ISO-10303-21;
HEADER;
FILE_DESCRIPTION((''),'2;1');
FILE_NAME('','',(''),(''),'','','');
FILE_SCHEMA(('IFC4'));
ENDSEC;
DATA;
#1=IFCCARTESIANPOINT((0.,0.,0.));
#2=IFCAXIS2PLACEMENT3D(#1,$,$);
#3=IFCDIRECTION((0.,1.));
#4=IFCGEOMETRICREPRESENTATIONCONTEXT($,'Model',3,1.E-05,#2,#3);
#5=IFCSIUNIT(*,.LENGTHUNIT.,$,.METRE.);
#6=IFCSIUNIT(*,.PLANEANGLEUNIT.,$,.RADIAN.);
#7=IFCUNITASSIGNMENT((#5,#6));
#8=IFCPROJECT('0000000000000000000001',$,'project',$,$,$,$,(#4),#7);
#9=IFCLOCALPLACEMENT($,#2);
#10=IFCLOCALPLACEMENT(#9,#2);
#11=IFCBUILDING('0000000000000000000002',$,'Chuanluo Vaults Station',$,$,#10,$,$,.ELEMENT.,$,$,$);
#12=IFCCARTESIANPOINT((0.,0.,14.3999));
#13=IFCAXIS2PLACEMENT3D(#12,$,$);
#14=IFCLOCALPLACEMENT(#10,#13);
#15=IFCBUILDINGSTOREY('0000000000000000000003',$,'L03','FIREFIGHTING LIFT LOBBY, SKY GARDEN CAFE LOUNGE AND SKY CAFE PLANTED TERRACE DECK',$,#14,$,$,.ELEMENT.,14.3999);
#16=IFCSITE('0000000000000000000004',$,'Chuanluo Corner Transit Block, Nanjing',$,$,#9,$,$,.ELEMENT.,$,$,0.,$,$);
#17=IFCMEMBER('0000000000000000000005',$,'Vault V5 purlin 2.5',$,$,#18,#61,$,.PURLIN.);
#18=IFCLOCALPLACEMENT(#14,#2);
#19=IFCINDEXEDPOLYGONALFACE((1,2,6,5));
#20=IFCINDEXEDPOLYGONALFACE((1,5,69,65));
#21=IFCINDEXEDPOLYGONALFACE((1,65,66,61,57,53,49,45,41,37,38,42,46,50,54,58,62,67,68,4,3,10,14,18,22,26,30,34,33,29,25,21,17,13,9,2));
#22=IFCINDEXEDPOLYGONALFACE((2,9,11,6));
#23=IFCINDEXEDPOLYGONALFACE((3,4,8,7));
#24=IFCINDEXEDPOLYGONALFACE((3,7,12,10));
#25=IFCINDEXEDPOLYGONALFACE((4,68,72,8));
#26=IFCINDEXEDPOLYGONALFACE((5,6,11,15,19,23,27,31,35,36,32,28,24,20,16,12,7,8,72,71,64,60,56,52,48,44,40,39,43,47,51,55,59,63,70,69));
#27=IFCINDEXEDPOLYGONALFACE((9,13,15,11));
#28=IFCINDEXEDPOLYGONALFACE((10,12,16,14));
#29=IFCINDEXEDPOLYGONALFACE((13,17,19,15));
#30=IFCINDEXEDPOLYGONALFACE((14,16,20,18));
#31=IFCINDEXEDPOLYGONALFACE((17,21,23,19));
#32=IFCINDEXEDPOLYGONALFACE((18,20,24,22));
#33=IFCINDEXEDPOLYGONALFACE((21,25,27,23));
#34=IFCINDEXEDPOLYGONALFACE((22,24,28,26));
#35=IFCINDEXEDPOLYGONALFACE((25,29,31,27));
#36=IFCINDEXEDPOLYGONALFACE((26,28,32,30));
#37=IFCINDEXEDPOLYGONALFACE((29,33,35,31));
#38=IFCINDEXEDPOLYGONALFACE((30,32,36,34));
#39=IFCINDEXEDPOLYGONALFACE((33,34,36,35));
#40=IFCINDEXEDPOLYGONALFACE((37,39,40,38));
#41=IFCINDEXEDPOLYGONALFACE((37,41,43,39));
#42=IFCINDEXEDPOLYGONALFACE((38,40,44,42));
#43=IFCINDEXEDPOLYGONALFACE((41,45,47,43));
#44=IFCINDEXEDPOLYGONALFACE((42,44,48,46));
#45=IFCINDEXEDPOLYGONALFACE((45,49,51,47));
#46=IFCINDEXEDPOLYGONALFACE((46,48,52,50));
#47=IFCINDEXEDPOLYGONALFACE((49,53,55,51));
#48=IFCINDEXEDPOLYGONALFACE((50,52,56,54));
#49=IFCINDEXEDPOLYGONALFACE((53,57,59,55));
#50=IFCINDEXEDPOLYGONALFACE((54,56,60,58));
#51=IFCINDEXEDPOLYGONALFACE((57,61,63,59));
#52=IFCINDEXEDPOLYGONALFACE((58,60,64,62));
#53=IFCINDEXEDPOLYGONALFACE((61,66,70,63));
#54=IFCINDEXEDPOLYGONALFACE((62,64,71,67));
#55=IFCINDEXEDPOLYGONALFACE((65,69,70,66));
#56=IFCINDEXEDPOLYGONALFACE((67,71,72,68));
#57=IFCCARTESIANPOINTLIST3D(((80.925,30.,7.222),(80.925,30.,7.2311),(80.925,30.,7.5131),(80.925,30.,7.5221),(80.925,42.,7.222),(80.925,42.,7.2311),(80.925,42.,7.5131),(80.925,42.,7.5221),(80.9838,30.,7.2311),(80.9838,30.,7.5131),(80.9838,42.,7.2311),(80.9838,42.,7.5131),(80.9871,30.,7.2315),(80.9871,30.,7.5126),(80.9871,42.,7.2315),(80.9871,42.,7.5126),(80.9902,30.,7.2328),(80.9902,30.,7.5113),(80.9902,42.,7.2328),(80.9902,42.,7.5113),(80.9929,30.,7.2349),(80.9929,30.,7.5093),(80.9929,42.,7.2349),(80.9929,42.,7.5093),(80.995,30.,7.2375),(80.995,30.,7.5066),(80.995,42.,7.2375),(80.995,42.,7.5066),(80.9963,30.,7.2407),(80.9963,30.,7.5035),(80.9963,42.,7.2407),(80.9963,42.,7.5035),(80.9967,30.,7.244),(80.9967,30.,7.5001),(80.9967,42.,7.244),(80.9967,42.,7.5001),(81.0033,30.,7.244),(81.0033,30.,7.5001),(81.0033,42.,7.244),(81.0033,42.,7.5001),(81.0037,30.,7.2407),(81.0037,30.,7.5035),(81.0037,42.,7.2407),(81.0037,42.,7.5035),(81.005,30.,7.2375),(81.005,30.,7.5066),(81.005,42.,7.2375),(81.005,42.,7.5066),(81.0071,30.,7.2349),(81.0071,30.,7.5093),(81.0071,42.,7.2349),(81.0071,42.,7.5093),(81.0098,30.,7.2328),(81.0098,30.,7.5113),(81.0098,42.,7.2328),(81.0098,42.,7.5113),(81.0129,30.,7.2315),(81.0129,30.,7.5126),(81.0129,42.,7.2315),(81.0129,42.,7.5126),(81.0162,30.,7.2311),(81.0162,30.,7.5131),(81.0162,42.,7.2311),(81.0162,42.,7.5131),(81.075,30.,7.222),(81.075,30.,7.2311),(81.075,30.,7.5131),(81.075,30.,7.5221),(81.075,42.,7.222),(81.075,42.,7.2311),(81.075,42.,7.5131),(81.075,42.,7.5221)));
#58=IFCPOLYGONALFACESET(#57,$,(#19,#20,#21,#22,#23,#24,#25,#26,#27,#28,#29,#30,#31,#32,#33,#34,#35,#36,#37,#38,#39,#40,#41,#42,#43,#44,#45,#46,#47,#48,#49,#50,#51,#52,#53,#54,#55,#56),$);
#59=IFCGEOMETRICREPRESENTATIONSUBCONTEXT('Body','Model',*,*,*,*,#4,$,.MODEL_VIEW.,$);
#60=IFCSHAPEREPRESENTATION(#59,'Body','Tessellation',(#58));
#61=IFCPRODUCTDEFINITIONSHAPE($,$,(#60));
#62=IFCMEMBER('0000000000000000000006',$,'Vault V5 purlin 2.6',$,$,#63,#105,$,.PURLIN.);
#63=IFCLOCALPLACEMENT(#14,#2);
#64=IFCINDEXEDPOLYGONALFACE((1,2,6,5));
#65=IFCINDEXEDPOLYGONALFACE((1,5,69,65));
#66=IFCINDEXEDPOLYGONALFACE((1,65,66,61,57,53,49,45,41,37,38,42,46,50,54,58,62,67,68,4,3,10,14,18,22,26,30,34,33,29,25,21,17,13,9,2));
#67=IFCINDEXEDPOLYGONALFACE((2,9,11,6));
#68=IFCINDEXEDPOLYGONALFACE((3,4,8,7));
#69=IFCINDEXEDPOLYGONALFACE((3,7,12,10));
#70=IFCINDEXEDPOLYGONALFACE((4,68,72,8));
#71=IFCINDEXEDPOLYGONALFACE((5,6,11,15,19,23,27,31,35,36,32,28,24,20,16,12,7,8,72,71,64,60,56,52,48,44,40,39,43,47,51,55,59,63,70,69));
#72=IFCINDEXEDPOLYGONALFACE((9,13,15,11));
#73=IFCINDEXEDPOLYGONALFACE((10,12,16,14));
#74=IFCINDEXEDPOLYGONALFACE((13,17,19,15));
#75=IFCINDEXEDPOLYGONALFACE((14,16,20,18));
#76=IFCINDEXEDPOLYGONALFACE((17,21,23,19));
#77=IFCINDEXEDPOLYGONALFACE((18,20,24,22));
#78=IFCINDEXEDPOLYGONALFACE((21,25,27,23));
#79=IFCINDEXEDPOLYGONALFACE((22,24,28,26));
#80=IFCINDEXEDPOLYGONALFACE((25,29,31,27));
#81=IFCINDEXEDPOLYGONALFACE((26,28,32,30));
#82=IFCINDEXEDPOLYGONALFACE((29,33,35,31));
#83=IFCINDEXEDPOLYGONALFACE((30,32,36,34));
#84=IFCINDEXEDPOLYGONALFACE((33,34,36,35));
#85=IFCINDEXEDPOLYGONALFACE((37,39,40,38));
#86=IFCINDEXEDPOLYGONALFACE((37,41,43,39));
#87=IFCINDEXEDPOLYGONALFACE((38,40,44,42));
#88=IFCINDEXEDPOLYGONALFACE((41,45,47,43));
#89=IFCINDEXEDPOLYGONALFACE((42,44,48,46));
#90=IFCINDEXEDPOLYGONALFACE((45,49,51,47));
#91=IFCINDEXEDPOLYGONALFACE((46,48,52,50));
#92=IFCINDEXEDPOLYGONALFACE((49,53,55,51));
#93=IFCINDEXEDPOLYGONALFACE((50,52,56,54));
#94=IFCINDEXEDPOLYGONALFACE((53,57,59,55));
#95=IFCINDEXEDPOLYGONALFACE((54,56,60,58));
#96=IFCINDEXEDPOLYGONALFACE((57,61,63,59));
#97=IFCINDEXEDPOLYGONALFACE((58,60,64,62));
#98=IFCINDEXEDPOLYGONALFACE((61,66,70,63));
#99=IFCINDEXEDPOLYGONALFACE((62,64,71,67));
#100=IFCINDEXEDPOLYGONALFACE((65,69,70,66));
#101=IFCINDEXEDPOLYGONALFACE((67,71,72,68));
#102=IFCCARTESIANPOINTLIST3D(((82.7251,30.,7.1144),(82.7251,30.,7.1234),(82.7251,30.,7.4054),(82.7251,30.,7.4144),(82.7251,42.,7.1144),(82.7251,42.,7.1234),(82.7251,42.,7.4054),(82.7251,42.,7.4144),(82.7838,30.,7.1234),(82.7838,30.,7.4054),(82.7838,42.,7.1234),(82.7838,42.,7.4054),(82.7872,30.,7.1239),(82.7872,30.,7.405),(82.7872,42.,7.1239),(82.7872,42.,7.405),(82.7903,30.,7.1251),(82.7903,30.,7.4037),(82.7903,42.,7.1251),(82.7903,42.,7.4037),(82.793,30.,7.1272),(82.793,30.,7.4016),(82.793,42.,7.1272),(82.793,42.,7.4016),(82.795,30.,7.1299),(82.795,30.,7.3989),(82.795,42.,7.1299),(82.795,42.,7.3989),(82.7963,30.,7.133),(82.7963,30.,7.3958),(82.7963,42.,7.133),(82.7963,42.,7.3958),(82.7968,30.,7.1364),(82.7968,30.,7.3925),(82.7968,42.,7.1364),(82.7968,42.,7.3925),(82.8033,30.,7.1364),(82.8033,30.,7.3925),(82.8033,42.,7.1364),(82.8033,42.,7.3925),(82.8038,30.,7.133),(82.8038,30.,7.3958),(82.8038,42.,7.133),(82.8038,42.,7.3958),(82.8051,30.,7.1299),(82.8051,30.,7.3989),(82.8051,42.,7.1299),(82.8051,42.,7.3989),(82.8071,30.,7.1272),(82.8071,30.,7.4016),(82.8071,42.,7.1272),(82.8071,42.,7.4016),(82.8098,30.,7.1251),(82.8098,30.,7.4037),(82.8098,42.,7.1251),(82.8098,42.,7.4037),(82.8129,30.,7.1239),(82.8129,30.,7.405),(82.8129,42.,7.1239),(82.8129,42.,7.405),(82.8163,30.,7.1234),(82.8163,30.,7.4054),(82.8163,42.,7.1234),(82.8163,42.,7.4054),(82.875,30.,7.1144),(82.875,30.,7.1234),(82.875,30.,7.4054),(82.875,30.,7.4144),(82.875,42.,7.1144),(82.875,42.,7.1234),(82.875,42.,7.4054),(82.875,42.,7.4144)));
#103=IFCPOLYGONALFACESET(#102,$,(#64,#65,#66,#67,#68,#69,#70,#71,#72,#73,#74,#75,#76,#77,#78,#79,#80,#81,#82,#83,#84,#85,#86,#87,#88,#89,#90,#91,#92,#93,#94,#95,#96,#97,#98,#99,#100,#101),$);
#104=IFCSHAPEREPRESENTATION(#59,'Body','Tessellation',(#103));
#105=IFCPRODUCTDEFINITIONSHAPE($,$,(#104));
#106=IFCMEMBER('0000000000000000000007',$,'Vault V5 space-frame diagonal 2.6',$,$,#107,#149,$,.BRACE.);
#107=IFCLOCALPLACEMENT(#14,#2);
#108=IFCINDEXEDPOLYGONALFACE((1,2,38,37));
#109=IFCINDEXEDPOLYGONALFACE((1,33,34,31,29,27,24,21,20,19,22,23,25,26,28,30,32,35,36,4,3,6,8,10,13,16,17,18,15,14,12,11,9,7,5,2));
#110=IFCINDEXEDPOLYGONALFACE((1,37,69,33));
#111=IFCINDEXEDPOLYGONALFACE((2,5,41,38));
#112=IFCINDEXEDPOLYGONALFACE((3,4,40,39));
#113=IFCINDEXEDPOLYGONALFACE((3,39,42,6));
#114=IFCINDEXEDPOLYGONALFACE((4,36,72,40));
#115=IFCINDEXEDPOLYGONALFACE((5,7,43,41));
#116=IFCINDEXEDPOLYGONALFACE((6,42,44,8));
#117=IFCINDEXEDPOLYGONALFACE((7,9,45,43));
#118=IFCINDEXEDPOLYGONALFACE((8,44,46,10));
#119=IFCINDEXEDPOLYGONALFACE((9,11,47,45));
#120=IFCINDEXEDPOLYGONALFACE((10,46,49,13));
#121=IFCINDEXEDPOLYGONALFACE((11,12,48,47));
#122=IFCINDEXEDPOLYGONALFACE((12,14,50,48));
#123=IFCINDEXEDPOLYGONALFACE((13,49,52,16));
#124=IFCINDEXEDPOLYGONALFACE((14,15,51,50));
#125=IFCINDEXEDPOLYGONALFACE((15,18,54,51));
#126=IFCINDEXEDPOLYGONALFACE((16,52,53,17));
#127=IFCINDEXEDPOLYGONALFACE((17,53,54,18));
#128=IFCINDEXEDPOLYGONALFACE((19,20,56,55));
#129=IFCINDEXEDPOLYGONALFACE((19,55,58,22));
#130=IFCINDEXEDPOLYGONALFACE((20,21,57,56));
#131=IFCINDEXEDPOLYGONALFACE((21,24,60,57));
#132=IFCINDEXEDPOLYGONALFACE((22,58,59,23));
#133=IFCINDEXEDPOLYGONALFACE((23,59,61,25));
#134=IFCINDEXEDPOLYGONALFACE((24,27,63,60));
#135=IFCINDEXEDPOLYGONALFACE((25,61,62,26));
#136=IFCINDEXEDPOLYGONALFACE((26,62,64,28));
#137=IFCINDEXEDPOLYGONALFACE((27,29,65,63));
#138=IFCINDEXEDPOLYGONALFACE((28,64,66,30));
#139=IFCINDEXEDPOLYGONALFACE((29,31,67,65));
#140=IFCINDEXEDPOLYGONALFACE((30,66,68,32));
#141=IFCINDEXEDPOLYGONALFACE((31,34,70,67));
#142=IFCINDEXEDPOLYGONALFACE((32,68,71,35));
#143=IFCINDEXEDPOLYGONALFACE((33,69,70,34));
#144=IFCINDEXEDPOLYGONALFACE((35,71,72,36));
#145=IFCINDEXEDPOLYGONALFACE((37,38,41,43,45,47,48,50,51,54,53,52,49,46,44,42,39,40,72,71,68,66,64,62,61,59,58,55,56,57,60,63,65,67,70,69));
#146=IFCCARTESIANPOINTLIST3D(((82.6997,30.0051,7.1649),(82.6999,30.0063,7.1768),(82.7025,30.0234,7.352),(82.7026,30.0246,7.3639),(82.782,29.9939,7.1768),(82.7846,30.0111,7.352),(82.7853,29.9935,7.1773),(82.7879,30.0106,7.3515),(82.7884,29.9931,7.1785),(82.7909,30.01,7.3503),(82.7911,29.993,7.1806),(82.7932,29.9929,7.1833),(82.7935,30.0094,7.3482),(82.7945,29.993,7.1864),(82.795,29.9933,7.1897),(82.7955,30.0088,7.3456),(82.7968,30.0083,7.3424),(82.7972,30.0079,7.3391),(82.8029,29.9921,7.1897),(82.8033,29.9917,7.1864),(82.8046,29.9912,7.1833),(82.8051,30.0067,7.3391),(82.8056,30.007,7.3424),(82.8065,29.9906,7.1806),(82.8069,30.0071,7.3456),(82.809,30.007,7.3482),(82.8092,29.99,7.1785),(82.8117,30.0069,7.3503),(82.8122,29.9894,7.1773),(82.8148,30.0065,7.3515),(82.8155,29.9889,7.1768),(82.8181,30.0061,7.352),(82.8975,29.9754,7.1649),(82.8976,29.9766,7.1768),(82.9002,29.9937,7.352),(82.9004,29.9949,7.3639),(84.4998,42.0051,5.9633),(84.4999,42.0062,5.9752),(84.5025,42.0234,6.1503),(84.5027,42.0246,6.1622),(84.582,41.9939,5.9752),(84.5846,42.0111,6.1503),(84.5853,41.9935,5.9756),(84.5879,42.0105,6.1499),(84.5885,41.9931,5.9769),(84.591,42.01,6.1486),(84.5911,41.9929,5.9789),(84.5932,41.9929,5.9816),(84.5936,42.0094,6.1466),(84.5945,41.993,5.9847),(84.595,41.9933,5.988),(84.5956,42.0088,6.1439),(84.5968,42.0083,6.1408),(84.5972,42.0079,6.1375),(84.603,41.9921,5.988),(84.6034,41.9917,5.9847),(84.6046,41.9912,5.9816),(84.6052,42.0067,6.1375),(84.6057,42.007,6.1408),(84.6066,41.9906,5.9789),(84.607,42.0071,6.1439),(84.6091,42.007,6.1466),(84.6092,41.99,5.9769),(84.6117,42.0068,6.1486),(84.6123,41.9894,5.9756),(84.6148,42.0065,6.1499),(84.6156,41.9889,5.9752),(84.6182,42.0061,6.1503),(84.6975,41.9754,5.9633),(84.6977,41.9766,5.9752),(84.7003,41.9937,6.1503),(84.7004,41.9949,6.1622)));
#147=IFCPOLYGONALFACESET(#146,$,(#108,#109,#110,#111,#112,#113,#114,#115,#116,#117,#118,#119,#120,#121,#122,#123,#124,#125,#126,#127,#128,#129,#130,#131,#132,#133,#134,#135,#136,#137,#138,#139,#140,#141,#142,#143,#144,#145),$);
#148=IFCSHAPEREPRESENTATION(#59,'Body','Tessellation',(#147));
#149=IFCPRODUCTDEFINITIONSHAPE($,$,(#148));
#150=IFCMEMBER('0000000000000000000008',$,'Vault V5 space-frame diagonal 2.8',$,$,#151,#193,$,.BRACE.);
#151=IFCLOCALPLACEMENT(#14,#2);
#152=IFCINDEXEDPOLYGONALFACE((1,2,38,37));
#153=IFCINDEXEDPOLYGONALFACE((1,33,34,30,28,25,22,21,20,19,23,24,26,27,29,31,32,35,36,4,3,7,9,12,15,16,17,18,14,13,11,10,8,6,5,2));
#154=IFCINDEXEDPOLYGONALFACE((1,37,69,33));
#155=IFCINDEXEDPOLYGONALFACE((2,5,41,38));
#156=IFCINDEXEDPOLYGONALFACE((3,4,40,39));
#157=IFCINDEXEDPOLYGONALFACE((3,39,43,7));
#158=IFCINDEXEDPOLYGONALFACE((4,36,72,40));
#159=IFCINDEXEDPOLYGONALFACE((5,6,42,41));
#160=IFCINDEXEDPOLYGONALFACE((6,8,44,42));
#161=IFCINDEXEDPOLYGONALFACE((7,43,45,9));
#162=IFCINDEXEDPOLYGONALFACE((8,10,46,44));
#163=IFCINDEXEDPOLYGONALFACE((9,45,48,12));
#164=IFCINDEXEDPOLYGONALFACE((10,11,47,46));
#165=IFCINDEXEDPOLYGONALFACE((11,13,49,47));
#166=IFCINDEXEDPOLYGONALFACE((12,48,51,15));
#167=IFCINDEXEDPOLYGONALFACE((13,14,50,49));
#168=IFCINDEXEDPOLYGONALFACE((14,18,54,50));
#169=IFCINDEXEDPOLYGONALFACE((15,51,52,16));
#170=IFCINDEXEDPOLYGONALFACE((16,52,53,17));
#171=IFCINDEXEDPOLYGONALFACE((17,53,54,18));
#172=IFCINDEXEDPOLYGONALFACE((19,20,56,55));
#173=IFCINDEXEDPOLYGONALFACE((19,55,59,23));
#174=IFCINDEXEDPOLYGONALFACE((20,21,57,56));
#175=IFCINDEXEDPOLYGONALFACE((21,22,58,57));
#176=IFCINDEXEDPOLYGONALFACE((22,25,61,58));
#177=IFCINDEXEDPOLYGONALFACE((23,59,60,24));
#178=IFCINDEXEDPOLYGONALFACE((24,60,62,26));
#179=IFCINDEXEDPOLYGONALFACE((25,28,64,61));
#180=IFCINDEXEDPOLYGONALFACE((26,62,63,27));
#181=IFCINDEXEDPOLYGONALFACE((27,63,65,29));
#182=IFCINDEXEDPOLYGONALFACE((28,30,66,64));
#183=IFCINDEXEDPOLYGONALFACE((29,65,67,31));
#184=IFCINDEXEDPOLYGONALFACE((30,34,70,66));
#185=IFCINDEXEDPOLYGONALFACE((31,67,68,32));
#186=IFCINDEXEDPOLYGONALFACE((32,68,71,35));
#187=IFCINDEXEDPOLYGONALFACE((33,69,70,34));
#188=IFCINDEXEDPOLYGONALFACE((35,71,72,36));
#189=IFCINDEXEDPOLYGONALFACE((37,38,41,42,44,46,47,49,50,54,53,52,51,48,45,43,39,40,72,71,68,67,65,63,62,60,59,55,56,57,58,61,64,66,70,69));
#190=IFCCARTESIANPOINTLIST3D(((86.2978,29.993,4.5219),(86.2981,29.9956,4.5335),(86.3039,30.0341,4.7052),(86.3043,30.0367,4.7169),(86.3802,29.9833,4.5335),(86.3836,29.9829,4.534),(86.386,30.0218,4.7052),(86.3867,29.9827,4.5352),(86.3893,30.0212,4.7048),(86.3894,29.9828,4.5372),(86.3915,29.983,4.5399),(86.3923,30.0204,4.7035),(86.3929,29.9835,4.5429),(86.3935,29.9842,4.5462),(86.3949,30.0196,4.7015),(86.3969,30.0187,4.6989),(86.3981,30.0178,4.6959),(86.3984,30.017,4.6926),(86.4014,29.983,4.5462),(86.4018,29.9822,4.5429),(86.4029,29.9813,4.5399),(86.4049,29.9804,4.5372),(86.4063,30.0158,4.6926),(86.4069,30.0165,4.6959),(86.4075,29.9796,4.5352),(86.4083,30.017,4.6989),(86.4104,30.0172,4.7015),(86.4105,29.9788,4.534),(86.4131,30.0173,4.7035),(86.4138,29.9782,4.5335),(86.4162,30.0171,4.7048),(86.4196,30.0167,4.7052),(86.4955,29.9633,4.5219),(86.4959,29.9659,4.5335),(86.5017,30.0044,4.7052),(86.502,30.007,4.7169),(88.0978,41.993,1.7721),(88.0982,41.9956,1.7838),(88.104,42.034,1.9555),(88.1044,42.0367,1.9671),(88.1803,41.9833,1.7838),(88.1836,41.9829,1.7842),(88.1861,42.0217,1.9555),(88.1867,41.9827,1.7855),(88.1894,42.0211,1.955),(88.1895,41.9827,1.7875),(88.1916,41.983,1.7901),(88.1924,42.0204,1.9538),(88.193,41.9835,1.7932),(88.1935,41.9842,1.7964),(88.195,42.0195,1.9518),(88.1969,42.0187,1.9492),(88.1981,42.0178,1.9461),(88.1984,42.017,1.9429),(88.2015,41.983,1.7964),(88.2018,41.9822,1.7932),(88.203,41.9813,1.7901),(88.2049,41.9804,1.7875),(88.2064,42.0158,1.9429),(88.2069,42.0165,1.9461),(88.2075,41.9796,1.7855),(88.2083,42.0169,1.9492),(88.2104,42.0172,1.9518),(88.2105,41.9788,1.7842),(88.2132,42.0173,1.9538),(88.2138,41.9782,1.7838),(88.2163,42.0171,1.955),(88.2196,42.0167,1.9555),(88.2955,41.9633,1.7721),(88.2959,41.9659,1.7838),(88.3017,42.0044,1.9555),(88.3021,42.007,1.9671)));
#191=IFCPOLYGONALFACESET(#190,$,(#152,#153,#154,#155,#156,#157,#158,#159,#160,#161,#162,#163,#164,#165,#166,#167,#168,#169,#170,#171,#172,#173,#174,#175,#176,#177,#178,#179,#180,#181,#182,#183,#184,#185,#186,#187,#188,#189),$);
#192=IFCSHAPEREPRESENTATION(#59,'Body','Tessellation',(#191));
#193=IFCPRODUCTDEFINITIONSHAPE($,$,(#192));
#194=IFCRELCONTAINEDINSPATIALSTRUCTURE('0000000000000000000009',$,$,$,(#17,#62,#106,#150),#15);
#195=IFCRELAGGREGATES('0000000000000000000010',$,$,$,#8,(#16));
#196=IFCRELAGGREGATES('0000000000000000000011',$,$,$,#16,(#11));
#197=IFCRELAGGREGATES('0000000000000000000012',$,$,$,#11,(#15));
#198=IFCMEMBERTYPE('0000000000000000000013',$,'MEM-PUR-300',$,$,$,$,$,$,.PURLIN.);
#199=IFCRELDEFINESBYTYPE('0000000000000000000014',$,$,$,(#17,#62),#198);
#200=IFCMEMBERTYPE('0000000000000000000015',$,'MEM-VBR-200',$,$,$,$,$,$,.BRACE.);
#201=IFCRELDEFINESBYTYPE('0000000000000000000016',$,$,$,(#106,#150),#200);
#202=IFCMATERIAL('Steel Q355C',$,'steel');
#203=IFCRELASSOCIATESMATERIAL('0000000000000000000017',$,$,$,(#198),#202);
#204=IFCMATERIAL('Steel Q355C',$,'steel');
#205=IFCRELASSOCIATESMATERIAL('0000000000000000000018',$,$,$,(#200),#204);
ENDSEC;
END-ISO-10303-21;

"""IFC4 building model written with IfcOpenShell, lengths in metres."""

from ifc_helpers import new_model, si_unit, direction, frame, origin, origin_2d, place, context, subcontext, project, spatial, i_section, extrude, material, material_profile, profile_set, type_object, element, save


model = new_model("IFC4")

# Units and contexts
model_context = context("Model", 3, precision=1e-05, world=origin(), true_north=direction((0.0, 1.0)))
body_context = subcontext(model_context, "Body", "Model", "MODEL_VIEW")
ifc_project = project(units=[si_unit("LENGTHUNIT", "METRE"), si_unit("PLANEANGLEUNIT", "RADIAN")], contexts=[model_context])

# Site, building, storey
site_placement = place(None, origin())
site = spatial("IfcSite", under=ifc_project, at=site_placement, Name="Chuanluo Corner Transit Block, Nanjing", CompositionType="ELEMENT", RefElevation=0.0)
building_placement = place(site_placement, origin())
building = spatial("IfcBuilding", under=site, at=building_placement, Name="Chuanluo Vaults Station", CompositionType="ELEMENT")
storey_placement = place(building_placement, frame((0.0, 0.0, 14.3999)))
storey = spatial("IfcBuildingStorey", under=building, at=storey_placement, Name="L03", Description="FIREFIGHTING LIFT LOBBY, SKY GARDEN CAFE LOUNGE AND SKY CAFE PLANTED TERRACE DECK", CompositionType="ELEMENT", Elevation=14.3999)

# Members
ifc_material_1 = material(Name="Steel Q355C", Category="steel")
ifc_material_profile_1 = material_profile(ifc_material_1, i_section(OverallWidth=0.1499, OverallDepth=0.3, WebThickness=0.0066, FlangeThickness=0.009, FilletRadius=0.0129, at=origin_2d()))
ifc_profile_set_1 = profile_set([ifc_material_profile_1], Name="Steel Q355C")
member_type_1 = type_object("IfcMemberType", Name="MEM-PUR-300", PredefinedType="PURLIN", material=ifc_profile_set_1)
for number, where, z_axis, x_axis, name in (
    (1, (81.0, 30.0, 7.3721), (0.0, 1.0, 0.0), (-1.0, 0.0, 0.0), "Vault V5 purlin 2.5"),
    (2, (82.8, 30.0, 7.2644), (0.0, 1.0, 0.0), (-1.0, 0.0, 0.0), "Vault V5 purlin 2.6"),
):
    element("IfcMember", number, at=place(storey_placement, frame(where, z_axis=z_axis, x_axis=x_axis)), inside=storey, type_object=member_type_1, Name=name, PredefinedType="PURLIN", context=body_context, shape_type="SweptSolid", body=[
        extrude(i_section(OverallWidth=0.1499, OverallDepth=0.3, WebThickness=0.0066, FlangeThickness=0.009, FilletRadius=0.0129, at=origin_2d()), origin(), (0.0, 0.0, 1.0), 12.0),
    ])
ifc_material_2 = material(Name="Steel Q355C", Category="steel")
ifc_material_profile_2 = material_profile(ifc_material_2, i_section(OverallWidth=0.2, OverallDepth=0.2, WebThickness=0.0081, FlangeThickness=0.012, FilletRadius=0.0129, at=origin_2d()))
ifc_profile_set_2 = profile_set([ifc_material_profile_2], Name="Steel Q355C")
member_type_2 = type_object("IfcMemberType", Name="MEM-VBR-200", PredefinedType="BRACE", material=ifc_profile_set_2)
member_1_placement = place(storey_placement, frame((82.8, 30.0, 7.2644), z_axis=(0.147622, 0.984122, -0.098548), x_axis=(-0.988936, 0.148344, 0.0)))
element("IfcMember", 3, at=member_1_placement, inside=storey, type_object=member_type_2, Name="Vault V5 space-frame diagonal 2.6", PredefinedType="BRACE", context=body_context, shape_type="SweptSolid", body=[
    extrude(i_section(OverallWidth=0.2, OverallDepth=0.2, WebThickness=0.0081, FlangeThickness=0.012, FilletRadius=0.0129, at=origin_2d()), origin(), (0.0, 0.0, 1.0), 12.1936),
])
member_2_placement = place(storey_placement, frame((86.3999, 30.0, 4.6194), z_axis=(0.144676, 0.964481, -0.221007), x_axis=(-0.988936, 0.148344, 0.0)))
element("IfcMember", 4, at=member_2_placement, inside=storey, type_object=member_type_2, Name="Vault V5 space-frame diagonal 2.8", PredefinedType="BRACE", context=body_context, shape_type="SweptSolid", body=[
    extrude(i_section(OverallWidth=0.2, OverallDepth=0.2, WebThickness=0.0081, FlangeThickness=0.012, FilletRadius=0.0129, at=origin_2d()), origin(), (0.0, 0.0, 1.0), 12.4419),
])

save(model, "model.ifc")
